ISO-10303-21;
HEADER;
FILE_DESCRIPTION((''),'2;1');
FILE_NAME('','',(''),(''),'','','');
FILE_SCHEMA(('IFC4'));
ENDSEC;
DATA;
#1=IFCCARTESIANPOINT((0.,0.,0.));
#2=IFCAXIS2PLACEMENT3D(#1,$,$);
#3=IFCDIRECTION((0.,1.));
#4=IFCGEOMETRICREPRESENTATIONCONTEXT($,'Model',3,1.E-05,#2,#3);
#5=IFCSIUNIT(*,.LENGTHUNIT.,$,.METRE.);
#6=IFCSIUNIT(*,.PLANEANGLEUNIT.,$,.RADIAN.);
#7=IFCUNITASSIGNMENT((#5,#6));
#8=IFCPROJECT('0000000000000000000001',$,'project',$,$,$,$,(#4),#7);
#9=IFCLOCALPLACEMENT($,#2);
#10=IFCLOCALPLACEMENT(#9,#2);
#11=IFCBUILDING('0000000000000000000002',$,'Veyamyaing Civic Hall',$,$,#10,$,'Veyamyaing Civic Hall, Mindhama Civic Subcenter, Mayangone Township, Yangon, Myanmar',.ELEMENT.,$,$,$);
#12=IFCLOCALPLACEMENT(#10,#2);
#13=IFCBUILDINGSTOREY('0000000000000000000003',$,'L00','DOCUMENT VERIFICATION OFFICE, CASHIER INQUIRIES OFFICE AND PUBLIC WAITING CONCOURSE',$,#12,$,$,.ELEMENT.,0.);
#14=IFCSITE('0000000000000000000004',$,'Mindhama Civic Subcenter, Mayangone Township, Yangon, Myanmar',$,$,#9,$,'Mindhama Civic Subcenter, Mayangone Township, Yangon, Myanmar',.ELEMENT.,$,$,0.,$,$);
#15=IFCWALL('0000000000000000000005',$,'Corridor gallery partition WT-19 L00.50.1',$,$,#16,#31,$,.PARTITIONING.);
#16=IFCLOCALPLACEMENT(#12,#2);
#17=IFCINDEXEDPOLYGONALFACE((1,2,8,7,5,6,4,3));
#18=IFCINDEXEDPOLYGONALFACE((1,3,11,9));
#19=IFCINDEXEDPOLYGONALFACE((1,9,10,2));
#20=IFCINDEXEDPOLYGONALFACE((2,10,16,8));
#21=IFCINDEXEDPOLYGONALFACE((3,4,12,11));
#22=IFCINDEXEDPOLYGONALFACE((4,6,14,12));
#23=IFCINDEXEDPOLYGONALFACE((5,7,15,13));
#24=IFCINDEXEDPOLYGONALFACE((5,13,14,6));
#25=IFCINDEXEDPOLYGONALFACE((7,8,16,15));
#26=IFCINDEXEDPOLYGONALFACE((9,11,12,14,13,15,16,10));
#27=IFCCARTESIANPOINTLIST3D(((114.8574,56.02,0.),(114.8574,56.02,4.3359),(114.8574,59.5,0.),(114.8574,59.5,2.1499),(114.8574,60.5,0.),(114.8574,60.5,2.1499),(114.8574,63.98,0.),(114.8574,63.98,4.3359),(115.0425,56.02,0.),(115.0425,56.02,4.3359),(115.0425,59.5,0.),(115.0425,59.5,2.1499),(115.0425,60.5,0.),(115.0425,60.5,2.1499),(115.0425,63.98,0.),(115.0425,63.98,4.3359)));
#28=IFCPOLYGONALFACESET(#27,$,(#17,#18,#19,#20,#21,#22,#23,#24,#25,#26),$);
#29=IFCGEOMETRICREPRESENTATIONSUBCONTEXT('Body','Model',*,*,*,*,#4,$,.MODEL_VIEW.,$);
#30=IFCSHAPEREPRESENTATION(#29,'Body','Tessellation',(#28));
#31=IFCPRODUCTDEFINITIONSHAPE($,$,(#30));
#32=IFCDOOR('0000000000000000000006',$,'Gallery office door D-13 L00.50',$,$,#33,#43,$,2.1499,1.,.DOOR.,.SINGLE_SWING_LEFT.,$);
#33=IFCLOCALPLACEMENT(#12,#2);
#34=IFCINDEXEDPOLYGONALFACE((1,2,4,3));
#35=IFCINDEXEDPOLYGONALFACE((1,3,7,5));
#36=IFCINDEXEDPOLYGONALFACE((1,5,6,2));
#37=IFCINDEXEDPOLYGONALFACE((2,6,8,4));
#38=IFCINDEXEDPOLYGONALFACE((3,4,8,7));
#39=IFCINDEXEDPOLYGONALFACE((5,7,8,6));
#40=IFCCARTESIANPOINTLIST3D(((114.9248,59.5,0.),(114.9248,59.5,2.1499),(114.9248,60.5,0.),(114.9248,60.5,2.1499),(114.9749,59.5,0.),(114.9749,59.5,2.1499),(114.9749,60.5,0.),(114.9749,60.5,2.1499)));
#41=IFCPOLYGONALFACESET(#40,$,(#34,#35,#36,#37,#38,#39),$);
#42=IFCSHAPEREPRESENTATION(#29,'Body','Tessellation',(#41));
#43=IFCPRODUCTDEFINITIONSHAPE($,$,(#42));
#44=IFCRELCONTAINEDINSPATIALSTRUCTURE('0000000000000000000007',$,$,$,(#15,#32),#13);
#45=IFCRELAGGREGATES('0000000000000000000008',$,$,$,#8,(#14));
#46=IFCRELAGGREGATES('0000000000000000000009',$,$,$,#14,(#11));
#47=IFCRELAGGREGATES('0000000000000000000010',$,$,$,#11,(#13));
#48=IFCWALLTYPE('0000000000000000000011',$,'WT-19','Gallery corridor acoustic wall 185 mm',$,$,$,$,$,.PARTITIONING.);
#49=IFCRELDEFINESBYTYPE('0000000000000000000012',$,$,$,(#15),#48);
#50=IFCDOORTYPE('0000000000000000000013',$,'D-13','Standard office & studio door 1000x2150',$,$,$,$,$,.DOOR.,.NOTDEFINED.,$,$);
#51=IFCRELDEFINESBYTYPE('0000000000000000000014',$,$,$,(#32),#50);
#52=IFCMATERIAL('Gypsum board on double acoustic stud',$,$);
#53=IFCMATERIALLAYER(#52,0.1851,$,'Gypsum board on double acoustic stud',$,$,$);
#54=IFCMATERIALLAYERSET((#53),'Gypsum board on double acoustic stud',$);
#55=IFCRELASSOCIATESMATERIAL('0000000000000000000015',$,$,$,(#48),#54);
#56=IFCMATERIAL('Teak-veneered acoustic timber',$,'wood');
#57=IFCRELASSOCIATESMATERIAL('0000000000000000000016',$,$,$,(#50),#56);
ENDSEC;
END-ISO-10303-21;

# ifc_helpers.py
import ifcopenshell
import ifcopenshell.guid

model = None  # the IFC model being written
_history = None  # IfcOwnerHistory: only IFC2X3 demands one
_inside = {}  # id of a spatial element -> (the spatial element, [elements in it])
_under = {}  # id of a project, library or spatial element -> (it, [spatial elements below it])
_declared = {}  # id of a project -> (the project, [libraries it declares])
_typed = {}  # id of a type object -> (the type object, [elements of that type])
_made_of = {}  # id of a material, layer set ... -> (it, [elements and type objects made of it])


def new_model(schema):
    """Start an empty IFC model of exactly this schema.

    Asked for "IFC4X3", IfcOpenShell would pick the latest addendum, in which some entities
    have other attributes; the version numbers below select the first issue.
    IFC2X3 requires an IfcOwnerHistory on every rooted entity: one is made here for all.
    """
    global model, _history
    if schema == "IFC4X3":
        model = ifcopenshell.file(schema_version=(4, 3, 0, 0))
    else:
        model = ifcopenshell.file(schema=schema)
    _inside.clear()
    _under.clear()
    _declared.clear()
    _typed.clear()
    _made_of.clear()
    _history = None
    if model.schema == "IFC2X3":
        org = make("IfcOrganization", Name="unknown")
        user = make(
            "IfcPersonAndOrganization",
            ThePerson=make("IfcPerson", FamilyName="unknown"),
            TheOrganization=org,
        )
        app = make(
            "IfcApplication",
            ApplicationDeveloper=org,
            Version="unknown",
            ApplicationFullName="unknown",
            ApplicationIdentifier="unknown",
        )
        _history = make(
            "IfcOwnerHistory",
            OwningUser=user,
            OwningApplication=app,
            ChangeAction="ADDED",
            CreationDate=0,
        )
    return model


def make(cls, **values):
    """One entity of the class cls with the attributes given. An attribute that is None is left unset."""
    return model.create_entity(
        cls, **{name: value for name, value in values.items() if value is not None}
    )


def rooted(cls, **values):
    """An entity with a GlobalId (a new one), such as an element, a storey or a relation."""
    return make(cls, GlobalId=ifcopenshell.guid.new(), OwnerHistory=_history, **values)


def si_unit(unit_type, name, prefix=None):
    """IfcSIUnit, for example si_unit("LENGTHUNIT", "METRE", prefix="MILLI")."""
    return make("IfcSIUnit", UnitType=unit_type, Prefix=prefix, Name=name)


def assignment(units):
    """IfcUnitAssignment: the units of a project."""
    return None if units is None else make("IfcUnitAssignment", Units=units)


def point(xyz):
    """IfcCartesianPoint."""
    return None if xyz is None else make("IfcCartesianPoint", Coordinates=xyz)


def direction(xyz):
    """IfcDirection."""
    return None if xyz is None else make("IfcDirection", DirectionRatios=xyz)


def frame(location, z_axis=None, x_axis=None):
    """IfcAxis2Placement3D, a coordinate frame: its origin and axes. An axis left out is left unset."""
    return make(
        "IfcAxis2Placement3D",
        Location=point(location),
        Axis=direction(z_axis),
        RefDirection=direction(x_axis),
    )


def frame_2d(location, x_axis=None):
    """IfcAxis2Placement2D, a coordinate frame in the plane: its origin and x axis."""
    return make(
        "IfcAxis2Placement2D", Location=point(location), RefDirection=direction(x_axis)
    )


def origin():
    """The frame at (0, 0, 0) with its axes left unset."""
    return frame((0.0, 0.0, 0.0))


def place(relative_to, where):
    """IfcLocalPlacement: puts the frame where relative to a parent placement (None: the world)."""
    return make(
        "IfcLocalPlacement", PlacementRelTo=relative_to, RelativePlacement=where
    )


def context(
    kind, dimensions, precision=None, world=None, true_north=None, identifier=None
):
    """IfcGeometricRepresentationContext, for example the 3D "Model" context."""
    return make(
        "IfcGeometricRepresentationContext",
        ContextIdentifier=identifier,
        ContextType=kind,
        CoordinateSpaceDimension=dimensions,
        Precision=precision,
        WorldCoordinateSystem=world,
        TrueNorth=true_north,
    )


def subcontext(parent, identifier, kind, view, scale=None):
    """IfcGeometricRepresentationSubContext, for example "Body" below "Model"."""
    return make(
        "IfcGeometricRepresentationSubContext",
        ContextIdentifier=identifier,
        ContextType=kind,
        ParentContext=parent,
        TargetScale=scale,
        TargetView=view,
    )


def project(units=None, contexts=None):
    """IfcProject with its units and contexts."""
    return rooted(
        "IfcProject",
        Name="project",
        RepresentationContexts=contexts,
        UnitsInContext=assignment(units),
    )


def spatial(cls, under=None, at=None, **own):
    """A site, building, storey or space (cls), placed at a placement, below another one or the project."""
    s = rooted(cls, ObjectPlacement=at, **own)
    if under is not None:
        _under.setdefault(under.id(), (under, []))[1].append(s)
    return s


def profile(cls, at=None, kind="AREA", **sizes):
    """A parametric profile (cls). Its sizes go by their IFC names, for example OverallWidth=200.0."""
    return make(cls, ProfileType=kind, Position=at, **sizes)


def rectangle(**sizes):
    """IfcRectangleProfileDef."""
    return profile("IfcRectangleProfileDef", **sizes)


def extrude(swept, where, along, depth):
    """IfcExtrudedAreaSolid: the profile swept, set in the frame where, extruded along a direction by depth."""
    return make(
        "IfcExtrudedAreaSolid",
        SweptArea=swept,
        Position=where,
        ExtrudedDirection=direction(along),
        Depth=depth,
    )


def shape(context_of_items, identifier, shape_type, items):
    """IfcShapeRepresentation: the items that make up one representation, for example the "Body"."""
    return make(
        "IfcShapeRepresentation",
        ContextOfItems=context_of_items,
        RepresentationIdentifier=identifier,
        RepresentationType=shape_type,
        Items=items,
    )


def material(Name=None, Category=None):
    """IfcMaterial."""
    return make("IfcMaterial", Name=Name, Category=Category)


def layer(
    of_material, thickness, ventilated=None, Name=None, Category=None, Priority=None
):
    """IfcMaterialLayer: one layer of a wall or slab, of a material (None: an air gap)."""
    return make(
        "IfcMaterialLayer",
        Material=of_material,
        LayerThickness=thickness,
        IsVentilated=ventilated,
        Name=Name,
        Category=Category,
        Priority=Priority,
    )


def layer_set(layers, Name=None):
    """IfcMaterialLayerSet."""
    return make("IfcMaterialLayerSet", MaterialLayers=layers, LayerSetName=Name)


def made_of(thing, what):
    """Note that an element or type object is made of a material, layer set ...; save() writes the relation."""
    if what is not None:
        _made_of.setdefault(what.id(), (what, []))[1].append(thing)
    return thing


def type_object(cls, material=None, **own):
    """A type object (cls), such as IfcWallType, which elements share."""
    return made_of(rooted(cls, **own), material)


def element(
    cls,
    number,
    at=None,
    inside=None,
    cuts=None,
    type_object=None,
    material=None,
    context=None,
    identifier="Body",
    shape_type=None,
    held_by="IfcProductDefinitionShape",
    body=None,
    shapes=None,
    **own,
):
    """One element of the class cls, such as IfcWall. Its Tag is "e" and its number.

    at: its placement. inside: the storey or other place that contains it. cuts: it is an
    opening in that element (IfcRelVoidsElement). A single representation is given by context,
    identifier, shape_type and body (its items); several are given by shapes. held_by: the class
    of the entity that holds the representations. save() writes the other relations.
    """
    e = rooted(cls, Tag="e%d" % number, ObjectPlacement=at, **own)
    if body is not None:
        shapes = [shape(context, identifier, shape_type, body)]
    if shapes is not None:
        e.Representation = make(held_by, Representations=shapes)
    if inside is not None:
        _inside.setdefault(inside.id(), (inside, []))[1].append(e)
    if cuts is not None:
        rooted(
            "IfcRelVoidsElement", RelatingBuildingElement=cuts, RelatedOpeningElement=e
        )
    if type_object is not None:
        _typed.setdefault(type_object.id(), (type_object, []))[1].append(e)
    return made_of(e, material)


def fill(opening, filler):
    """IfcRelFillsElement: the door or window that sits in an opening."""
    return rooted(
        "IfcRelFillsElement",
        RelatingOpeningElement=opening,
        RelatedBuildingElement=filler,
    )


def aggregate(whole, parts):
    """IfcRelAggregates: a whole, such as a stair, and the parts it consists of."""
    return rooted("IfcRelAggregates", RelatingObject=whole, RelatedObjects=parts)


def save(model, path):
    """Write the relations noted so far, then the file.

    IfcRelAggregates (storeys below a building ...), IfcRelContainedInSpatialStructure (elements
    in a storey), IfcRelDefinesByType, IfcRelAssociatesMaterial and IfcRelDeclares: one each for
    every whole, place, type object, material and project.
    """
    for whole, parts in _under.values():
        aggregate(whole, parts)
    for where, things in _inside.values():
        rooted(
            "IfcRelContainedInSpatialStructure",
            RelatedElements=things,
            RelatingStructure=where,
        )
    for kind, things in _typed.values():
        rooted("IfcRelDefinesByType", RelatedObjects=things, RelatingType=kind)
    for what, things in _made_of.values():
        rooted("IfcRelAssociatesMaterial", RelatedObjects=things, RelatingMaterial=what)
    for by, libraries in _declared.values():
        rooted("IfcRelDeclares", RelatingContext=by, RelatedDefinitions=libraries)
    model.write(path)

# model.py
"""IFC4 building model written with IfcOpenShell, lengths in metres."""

from ifc_helpers import new_model, si_unit, direction, frame, frame_2d, origin, place, context, subcontext, project, spatial, rectangle, extrude, material, layer, layer_set, type_object, element, fill, save


model = new_model("IFC4")

# Units and contexts
model_context = context("Model", 3, precision=1e-05, world=origin(), true_north=direction((0.0, 1.0)))
body_context = subcontext(model_context, "Body", "Model", "MODEL_VIEW")
ifc_project = project(units=[si_unit("LENGTHUNIT", "METRE"), si_unit("PLANEANGLEUNIT", "RADIAN")], contexts=[model_context])

# Site, building, storey
site_placement = place(None, origin())
site = spatial("IfcSite", under=ifc_project, at=site_placement, Name="Mindhama Civic Subcenter, Mayangone Township, Yangon, Myanmar", LongName="Mindhama Civic Subcenter, Mayangone Township, Yangon, Myanmar", CompositionType="ELEMENT", RefElevation=0.0)
building_placement = place(site_placement, origin())
building = spatial("IfcBuilding", under=site, at=building_placement, Name="Veyamyaing Civic Hall", LongName="Veyamyaing Civic Hall, Mindhama Civic Subcenter, Mayangone Township, Yangon, Myanmar", CompositionType="ELEMENT")
storey_placement = place(building_placement, origin())
storey = spatial("IfcBuildingStorey", under=building, at=storey_placement, Name="L00", Description="DOCUMENT VERIFICATION OFFICE, CASHIER INQUIRIES OFFICE AND PUBLIC WAITING CONCOURSE", CompositionType="ELEMENT", Elevation=0.0)

# Wall, opening, door
ifc_material_1 = material(Name="Gypsum board on double acoustic stud")
ifc_layer_1 = layer(ifc_material_1, 0.1851, Name="Gypsum board on double acoustic stud")
ifc_layer_set_1 = layer_set([ifc_layer_1], Name="Gypsum board on double acoustic stud")
wall_type = type_object("IfcWallType", Name="WT-19", Description="Gallery corridor acoustic wall 185 mm", PredefinedType="PARTITIONING", material=ifc_layer_set_1)
wall_placement = place(storey_placement, frame((114.95, 56.02, 0.0), z_axis=(0.0, 0.0, 1.0), x_axis=(0.0, 1.0, 0.0)))
wall = element("IfcWall", 1, at=wall_placement, inside=storey, type_object=wall_type, Name="Corridor gallery partition WT-19 L00.50.1", PredefinedType="PARTITIONING", context=body_context, shape_type="SweptSolid", body=[
    extrude(rectangle(XDim=7.96, YDim=0.1851, at=frame_2d((3.98, 0.0))), origin(), (0.0, 0.0, 1.0), 4.3359),
])
opening_placement = place(wall_placement, frame((3.48, 0.0, 0.0)))
opening = element("IfcOpeningElement", 2, at=opening_placement, cuts=wall, PredefinedType="OPENING", context=body_context, shape_type="SweptSolid", body=[
    extrude(rectangle(XDim=1.0, YDim=2.1499, at=frame_2d((0.5, 1.075))), frame((0.0, 0.1025, 0.0), z_axis=(0.0, -1.0, 0.0), x_axis=(1.0, 0.0, 0.0)), (0.0, 0.0, 1.0), 0.2051),
])
ifc_material_2 = material(Name="Teak-veneered acoustic timber", Category="wood")
door_type = type_object("IfcDoorType", Name="D-13", Description="Standard office & studio door 1000x2150", OperationType="NOTDEFINED", PredefinedType="DOOR", material=ifc_material_2)
door_placement = place(opening_placement, frame((1.0, 0.0, 0.0), z_axis=(0.0, 0.0, 1.0), x_axis=(-1.0, 0.0, 0.0)))
door = element("IfcDoor", 3, at=door_placement, inside=storey, type_object=door_type, Name="Gallery office door D-13 L00.50", OperationType="SINGLE_SWING_LEFT", OverallHeight=2.1499, OverallWidth=1.0, PredefinedType="DOOR", context=body_context, shape_type="SweptSolid", body=[
    extrude(rectangle(XDim=1.0, YDim=2.1499, at=frame_2d((0.5, 1.075))), frame((0.0, 0.0249, 0.0), z_axis=(0.0, -1.0, 0.0), x_axis=(1.0, 0.0, 0.0)), (0.0, 0.0, 1.0), 0.05),
])
fill(opening, door)

save(model, "model.ifc")
